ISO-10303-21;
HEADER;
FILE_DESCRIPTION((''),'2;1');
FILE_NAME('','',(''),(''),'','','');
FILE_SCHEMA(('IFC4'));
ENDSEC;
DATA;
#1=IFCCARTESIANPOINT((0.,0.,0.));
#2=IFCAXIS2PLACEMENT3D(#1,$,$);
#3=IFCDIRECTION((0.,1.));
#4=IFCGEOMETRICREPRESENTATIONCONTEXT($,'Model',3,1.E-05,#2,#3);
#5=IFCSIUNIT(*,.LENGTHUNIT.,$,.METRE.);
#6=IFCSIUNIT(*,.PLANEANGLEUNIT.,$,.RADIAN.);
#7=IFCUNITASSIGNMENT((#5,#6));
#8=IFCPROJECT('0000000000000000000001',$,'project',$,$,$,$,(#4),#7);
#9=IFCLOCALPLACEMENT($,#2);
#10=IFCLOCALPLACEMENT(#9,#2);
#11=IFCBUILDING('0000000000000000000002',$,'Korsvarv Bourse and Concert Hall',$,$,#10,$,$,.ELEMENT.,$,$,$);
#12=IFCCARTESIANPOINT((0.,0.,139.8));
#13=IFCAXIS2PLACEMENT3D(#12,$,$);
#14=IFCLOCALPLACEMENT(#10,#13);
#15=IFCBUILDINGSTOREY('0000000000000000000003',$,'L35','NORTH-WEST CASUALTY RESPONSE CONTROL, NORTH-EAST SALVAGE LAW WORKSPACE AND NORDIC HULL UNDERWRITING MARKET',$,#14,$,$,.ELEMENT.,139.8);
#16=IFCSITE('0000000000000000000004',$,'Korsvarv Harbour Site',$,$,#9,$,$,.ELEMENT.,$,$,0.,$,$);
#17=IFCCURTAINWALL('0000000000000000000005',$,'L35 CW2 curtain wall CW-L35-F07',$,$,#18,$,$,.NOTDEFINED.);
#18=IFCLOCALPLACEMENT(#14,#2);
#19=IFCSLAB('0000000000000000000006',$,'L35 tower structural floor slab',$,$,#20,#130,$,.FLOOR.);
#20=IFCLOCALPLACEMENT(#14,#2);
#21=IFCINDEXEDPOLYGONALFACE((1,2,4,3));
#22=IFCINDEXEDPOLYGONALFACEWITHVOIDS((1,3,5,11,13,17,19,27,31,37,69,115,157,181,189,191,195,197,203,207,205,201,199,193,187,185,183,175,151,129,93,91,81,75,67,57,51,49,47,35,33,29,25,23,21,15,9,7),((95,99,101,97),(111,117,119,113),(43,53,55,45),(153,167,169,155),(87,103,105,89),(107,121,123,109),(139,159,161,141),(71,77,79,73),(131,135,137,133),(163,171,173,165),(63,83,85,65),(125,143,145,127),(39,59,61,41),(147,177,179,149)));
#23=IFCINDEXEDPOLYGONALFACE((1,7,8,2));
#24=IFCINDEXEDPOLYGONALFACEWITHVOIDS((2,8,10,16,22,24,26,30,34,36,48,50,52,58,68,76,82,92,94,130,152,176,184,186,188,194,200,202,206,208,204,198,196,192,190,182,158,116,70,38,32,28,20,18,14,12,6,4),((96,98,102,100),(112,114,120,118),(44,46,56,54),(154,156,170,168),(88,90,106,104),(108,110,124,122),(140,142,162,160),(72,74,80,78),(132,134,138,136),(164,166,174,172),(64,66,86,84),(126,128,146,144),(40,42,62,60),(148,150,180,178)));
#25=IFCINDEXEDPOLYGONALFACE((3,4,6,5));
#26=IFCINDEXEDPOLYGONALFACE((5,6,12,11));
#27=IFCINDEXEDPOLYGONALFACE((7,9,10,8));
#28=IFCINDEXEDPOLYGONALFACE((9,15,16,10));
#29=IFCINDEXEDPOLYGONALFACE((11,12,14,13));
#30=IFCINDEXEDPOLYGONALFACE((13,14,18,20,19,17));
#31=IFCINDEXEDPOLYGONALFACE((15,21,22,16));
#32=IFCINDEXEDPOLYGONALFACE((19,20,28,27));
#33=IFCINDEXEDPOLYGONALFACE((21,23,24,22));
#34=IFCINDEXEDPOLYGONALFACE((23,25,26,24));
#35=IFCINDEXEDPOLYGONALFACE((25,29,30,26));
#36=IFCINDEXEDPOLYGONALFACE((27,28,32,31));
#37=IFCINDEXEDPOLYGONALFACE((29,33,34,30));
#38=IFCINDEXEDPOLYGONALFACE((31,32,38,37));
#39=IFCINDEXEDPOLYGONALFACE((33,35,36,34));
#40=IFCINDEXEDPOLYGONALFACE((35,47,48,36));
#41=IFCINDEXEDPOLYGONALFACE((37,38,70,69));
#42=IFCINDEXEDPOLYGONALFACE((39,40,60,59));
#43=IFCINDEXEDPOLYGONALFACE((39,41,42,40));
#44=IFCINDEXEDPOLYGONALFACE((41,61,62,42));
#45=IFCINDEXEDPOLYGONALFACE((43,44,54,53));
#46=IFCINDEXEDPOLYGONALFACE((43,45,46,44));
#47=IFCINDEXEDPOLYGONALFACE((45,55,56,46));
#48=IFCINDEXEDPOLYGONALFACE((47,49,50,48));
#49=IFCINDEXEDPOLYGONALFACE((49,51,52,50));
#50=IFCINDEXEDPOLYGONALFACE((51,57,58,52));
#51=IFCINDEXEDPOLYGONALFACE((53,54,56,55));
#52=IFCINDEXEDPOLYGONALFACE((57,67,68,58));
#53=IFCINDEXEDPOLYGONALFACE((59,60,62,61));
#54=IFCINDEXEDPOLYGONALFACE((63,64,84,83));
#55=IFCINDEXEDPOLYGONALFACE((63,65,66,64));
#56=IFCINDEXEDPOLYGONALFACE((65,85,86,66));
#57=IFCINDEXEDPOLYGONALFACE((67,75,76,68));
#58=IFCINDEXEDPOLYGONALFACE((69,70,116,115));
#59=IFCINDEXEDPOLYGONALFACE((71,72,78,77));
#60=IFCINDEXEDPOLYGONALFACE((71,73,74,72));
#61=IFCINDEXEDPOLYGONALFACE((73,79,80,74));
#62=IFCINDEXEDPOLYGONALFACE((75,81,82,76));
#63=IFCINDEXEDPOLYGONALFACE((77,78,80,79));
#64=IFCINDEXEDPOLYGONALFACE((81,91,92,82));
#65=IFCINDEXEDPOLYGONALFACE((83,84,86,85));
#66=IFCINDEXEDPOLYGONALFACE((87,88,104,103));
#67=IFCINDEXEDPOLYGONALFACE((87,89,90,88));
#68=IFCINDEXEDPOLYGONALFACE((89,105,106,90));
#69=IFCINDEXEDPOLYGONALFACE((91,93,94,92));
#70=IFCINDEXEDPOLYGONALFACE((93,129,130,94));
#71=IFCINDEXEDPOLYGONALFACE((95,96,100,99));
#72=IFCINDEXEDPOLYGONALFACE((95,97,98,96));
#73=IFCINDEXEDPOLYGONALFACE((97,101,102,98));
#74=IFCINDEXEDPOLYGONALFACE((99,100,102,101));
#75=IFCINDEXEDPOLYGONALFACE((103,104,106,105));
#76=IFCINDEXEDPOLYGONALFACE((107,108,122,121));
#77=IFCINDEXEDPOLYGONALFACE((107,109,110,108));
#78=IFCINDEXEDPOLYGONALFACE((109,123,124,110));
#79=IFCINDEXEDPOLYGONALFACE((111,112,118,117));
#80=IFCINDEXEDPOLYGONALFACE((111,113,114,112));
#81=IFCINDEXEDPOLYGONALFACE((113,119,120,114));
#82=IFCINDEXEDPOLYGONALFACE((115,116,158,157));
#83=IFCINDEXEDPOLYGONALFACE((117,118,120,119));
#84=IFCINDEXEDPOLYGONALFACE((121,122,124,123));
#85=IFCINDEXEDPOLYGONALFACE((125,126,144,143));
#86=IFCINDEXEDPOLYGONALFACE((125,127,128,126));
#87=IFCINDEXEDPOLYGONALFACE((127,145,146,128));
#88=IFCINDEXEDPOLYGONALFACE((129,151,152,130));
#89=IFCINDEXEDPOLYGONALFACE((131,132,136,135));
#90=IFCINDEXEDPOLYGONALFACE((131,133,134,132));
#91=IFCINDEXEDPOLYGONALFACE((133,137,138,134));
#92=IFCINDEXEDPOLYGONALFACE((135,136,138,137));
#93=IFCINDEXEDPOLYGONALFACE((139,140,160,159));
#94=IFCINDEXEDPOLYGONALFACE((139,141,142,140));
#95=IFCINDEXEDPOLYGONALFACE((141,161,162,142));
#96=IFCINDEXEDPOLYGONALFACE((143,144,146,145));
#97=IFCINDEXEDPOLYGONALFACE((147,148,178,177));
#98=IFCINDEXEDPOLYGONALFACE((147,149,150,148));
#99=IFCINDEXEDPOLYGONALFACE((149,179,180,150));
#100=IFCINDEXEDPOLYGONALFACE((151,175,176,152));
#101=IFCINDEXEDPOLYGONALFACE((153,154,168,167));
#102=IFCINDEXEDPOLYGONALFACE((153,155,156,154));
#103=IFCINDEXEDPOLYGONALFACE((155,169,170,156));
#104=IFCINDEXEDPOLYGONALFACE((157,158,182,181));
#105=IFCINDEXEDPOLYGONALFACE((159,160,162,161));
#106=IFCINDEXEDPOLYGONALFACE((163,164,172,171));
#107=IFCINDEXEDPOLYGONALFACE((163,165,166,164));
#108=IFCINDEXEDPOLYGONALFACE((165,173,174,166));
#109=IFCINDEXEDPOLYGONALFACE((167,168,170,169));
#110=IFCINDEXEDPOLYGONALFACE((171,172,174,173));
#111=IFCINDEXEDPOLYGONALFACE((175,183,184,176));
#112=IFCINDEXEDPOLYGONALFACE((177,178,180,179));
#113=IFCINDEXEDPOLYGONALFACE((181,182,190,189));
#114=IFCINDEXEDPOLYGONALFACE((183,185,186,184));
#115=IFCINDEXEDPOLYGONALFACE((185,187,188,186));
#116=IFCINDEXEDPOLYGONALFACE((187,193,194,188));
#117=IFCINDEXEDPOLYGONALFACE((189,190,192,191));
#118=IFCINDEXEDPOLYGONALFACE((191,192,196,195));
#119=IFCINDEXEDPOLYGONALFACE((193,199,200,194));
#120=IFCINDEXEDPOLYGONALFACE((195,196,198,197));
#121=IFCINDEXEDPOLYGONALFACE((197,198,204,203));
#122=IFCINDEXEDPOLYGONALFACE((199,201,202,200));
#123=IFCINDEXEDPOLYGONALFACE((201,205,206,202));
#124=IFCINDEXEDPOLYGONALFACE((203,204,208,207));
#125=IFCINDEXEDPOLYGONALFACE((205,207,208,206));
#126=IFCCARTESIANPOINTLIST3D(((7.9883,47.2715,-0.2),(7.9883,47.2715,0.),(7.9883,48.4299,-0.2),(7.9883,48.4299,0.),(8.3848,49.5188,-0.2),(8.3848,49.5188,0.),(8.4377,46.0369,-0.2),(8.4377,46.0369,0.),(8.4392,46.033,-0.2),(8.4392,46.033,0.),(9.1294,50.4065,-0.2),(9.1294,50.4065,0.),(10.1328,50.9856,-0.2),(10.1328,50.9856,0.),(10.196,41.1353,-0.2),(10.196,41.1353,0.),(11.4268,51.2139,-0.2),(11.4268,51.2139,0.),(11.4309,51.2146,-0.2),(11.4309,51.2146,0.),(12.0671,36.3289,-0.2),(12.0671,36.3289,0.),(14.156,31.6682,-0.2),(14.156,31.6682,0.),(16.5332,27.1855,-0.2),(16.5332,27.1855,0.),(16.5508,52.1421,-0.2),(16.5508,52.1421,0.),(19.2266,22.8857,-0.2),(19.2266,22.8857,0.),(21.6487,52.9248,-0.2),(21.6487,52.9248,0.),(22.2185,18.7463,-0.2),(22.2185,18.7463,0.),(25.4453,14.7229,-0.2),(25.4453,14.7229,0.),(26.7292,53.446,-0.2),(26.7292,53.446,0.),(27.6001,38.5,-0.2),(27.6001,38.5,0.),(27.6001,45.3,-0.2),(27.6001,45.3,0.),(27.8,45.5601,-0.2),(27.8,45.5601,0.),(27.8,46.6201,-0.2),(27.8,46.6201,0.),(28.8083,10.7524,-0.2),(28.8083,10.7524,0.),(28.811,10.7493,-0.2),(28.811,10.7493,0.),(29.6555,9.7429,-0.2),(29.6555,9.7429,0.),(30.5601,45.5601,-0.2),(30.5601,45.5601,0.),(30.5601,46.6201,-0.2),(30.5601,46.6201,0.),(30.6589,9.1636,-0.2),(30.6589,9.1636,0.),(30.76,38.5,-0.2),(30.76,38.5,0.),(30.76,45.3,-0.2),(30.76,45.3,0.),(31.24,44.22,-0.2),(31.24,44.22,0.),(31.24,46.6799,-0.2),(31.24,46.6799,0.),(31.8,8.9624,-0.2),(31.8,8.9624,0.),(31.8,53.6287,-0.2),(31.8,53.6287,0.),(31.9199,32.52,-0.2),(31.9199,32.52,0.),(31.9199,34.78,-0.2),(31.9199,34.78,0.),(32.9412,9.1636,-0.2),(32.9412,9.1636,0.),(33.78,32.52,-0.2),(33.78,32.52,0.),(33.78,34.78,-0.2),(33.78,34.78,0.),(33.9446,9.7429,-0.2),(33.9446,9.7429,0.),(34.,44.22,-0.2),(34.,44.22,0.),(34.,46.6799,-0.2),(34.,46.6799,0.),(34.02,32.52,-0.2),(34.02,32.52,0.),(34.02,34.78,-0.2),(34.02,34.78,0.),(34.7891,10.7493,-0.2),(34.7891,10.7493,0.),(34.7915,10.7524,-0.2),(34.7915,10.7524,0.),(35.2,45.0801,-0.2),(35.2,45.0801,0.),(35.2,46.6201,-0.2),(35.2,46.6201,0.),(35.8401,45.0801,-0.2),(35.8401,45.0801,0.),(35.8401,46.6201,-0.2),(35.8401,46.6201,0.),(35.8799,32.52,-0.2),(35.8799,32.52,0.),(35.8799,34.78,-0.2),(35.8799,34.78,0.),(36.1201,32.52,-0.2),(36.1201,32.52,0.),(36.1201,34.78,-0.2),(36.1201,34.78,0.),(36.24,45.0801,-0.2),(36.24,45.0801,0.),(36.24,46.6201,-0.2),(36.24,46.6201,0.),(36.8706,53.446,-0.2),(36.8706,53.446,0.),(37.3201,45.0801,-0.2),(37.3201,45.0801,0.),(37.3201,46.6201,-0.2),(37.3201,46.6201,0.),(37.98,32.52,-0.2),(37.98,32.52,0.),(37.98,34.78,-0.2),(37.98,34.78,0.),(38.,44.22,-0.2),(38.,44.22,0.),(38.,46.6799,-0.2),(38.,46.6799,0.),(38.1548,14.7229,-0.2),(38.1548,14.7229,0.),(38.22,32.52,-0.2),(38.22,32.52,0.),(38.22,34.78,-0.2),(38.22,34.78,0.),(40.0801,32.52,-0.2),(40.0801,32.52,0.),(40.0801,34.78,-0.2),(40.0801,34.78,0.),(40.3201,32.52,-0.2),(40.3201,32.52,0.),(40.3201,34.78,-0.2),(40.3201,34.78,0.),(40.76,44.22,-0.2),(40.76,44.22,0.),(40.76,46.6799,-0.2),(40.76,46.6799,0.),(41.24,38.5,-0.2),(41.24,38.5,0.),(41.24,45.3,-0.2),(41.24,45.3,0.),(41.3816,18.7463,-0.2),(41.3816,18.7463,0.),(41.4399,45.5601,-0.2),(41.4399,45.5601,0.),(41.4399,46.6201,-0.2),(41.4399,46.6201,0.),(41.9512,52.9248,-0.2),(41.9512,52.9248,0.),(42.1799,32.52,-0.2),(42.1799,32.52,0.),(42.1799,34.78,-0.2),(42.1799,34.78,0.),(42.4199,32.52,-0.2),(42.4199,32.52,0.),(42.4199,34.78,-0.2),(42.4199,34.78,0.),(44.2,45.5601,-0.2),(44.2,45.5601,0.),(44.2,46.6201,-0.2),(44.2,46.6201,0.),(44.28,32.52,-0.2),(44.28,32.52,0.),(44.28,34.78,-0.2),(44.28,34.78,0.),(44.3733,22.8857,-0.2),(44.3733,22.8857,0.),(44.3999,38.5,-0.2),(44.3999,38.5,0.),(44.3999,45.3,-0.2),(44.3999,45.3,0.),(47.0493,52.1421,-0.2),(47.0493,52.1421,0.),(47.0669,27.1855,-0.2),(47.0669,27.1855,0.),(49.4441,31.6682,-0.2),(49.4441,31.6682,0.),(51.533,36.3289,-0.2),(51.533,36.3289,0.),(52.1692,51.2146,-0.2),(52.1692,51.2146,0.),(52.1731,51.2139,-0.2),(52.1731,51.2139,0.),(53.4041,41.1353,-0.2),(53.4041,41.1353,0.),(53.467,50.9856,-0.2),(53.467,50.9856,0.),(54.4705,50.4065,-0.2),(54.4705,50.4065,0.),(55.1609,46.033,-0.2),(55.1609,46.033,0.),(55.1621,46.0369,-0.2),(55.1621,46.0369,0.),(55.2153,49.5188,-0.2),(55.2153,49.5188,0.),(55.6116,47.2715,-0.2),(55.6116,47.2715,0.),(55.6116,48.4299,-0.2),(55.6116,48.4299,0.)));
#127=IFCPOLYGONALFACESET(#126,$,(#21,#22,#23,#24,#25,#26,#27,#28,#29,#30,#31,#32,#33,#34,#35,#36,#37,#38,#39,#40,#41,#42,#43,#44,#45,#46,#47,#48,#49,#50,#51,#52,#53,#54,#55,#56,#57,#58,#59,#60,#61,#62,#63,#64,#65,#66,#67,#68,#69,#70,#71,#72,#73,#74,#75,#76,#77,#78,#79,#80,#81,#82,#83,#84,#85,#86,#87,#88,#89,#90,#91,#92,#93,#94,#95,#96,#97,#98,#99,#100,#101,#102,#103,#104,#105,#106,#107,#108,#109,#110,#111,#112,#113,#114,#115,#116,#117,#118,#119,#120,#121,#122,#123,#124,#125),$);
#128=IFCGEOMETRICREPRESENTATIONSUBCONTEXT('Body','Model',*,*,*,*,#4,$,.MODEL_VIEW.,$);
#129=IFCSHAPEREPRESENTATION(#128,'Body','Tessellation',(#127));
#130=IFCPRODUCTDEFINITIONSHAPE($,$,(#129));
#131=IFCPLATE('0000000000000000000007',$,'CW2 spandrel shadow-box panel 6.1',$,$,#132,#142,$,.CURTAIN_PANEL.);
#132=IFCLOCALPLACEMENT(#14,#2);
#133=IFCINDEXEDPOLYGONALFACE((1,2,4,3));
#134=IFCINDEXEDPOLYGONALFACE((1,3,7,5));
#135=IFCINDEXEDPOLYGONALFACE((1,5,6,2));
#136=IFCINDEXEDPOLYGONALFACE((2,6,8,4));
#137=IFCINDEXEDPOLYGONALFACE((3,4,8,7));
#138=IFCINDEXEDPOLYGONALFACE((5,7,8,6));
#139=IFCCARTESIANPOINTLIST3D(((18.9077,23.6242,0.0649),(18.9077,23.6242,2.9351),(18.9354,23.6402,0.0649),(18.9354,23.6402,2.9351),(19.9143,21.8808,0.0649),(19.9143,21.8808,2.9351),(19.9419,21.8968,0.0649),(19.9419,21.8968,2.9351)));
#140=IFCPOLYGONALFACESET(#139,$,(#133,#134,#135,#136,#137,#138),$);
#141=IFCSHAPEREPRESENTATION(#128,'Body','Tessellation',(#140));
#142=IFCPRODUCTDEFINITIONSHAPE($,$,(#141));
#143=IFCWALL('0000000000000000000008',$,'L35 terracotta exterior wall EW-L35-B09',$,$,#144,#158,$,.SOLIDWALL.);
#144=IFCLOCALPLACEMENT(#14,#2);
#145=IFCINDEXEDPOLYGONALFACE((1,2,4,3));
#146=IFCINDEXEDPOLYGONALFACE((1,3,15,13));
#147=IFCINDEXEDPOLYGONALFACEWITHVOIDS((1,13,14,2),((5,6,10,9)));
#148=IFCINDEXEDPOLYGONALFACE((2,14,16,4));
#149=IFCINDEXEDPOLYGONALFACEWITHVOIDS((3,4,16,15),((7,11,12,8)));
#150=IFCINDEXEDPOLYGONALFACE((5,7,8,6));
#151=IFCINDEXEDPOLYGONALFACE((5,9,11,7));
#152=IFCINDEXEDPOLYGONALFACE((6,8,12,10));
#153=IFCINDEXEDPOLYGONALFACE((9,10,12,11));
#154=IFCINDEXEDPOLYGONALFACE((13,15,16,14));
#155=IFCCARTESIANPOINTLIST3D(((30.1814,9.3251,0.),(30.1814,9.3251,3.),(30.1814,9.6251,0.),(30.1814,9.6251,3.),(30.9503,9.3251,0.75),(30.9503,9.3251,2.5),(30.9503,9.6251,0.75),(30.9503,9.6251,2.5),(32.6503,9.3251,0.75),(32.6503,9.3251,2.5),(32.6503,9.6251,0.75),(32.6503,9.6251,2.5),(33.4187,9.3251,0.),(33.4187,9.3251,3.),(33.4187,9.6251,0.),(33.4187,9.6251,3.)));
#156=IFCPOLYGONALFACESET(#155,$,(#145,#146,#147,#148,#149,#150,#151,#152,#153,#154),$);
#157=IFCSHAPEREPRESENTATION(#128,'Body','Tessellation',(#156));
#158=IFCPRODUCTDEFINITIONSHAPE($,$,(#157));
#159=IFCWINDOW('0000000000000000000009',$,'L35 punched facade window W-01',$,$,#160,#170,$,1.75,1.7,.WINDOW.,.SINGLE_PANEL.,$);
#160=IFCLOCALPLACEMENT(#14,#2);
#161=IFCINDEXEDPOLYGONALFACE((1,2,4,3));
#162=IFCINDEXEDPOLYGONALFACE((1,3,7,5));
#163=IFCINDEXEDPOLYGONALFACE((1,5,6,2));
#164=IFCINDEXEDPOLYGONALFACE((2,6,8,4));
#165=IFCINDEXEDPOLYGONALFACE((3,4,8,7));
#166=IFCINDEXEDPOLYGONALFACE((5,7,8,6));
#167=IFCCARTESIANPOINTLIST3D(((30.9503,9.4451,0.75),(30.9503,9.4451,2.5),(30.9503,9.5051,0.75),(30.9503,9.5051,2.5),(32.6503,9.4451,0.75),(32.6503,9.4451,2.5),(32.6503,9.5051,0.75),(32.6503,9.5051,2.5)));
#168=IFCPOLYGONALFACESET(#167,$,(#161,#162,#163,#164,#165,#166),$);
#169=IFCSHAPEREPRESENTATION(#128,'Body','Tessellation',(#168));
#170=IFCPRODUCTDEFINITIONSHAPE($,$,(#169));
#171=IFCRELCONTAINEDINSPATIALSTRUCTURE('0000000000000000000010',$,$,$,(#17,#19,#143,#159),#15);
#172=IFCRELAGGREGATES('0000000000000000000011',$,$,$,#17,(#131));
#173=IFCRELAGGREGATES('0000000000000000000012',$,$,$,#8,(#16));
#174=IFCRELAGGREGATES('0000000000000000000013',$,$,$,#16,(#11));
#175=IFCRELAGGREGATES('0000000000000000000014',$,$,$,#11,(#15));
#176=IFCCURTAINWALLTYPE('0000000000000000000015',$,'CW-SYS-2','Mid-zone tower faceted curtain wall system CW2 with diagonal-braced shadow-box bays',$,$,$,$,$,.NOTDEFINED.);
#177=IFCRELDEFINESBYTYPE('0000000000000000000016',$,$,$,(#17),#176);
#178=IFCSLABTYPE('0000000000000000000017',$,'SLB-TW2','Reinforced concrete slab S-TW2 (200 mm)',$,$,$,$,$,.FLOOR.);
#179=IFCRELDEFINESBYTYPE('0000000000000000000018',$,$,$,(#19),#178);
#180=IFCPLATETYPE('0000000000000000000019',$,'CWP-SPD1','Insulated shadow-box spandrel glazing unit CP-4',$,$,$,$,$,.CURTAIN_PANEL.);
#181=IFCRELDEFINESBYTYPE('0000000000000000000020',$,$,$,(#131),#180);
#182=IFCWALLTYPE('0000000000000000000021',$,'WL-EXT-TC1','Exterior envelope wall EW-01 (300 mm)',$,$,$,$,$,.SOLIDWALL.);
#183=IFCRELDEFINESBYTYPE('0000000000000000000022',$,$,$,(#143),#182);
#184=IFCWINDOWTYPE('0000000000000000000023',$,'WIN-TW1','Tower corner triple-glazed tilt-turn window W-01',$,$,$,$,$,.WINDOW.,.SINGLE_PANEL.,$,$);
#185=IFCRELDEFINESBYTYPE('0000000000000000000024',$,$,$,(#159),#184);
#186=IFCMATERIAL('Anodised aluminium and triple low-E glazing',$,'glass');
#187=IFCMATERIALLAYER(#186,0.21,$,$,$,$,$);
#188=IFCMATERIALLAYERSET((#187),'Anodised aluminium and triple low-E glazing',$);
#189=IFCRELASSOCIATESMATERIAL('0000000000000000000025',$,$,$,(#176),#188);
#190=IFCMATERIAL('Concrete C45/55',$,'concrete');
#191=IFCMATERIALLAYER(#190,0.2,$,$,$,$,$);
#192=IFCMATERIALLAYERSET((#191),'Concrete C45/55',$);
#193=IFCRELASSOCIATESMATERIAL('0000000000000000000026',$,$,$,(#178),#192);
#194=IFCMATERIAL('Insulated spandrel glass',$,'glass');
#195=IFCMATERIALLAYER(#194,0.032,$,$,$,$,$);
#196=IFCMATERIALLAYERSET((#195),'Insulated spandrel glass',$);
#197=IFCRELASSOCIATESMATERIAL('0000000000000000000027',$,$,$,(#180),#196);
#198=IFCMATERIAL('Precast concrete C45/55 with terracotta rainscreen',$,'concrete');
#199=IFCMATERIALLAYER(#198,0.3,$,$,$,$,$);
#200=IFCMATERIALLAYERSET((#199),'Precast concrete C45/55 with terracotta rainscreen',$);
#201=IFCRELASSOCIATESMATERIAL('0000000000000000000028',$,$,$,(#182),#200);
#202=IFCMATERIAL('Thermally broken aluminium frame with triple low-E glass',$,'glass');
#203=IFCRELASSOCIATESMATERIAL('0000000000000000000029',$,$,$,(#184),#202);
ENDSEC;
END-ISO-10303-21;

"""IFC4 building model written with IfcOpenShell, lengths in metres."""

from ifc_helpers import new_model, si_unit, direction, frame, frame_2d, origin, origin_2d, place, context, subcontext, project, spatial, polyline, rectangle, outline, extrude, source, transform, mapped, material, layer, layer_set, type_object, element, fill, aggregate, save


model = new_model("IFC4")

# Units and contexts
model_context = context("Model", 3, precision=1e-05, world=origin(), true_north=direction((0.0, 1.0)))
body_context = subcontext(model_context, "Body", "Model", "MODEL_VIEW")
ifc_project = project(units=[si_unit("LENGTHUNIT", "METRE"), si_unit("PLANEANGLEUNIT", "RADIAN")], contexts=[model_context])

# Site, building, storey
site_placement = place(None, origin())
site = spatial("IfcSite", under=ifc_project, at=site_placement, Name="Korsvarv Harbour Site", CompositionType="ELEMENT", RefElevation=0.0)
building_placement = place(site_placement, origin())
building = spatial("IfcBuilding", under=site, at=building_placement, Name="Korsvarv Bourse and Concert Hall", CompositionType="ELEMENT")
storey_placement = place(building_placement, frame((0.0, 0.0, 139.8)))
storey = spatial("IfcBuildingStorey", under=building, at=storey_placement, Name="L35", Description="NORTH-WEST CASUALTY RESPONSE CONTROL, NORTH-EAST SALVAGE LAW WORKSPACE AND NORDIC HULL UNDERWRITING MARKET", CompositionType="ELEMENT", Elevation=139.8)

# Curtain wall
ifc_material_1 = material(Name="Anodised aluminium and triple low-E glazing", Category="glass")
ifc_layer_1 = layer(ifc_material_1, 0.21)
ifc_layer_set_1 = layer_set([ifc_layer_1], Name="Anodised aluminium and triple low-E glazing")
curtain_wall_type = type_object("IfcCurtainWallType", Name="CW-SYS-2", Description="Mid-zone tower faceted curtain wall system CW2 with diagonal-braced shadow-box bays", PredefinedType="NOTDEFINED", material=ifc_layer_set_1)
curtain_wall_placement = place(storey_placement, origin())
curtain_wall = element("IfcCurtainWall", 1, at=curtain_wall_placement, inside=storey, type_object=curtain_wall_type, Name="L35 CW2 curtain wall CW-L35-F07", PredefinedType="NOTDEFINED")

# Slab
ifc_material_2 = material(Name="Concrete C45/55", Category="concrete")
ifc_layer_2 = layer(ifc_material_2, 0.2)
ifc_layer_set_2 = layer_set([ifc_layer_2], Name="Concrete C45/55")
slab_type_1 = type_object("IfcSlabType", Name="SLB-TW2", Description="Reinforced concrete slab S-TW2 (200 mm)", PredefinedType="FLOOR", material=ifc_layer_set_2)
slab_1_placement = place(storey_placement, frame((0.0, 0.0, -0.2)))
element("IfcSlab", 2, at=slab_1_placement, inside=storey, type_object=slab_type_1, Name="L35 tower structural floor slab", PredefinedType="FLOOR", context=body_context, shape_type="SweptSolid", body=[
    extrude(outline(polyline([(55.1609, 46.033), (53.4041, 41.1353), (51.533, 36.3289), (49.4441, 31.6682), (47.0669, 27.1855), (44.3733, 22.8857), (41.3816, 18.7463), (38.1548, 14.7229), (34.7915, 10.7524), (34.7891, 10.7493), (33.9446, 9.7429), (32.9412, 9.1636), (31.8, 8.9624), (30.6589, 9.1636), (29.6555, 9.7429), (28.811, 10.7493), (28.8083, 10.7524), (25.4453, 14.7229), (22.2185, 18.7463), (19.2266, 22.8857), (16.5332, 27.1855), (14.156, 31.6682), (12.0671, 36.3289), (10.196, 41.1353), (8.4392, 46.033), (8.4377, 46.0369), (7.9883, 47.2715), (7.9883, 48.4299), (8.3848, 49.5188), (9.1294, 50.4065), (10.1328, 50.9856), (11.4268, 51.2139), (11.4309, 51.2146), (16.5508, 52.1421), (21.6487, 52.9248), (26.7292, 53.446), (31.8, 53.6287), (36.8706, 53.446), (41.9512, 52.9248), (47.0493, 52.1421), (52.1692, 51.2146), (52.1731, 51.2139), (53.467, 50.9856), (54.4705, 50.4065), (55.2153, 49.5188), (55.6116, 48.4299), (55.6116, 47.2715), (55.1621, 46.0369), (55.1609, 46.033)]), holes=[polyline([(30.76, 38.5), (30.76, 45.3), (27.6001, 45.3), (27.6001, 38.5), (30.76, 38.5)]), polyline([(44.3999, 38.5), (44.3999, 45.3), (41.24, 45.3), (41.24, 38.5), (44.3999, 38.5)]), polyline([(31.24, 44.22), (34.0, 44.22), (34.0, 46.6799), (31.24, 46.6799), (31.24, 44.22)]), polyline([(38.0, 44.22), (40.76, 44.22), (40.76, 46.6799), (38.0, 46.6799), (38.0, 44.22)]), polyline([(31.9199, 32.52), (33.78, 32.52), (33.78, 34.78), (31.9199, 34.78), (31.9199, 32.52)]), polyline([(34.02, 32.52), (35.8799, 32.52), (35.8799, 34.78), (34.02, 34.78), (34.02, 32.52)]), polyline([(36.1201, 32.52), (37.98, 32.52), (37.98, 34.78), (36.1201, 34.78), (36.1201, 32.52)]), polyline([(38.22, 32.52), (40.0801, 32.52), (40.0801, 34.78), (38.22, 34.78), (38.22, 32.52)]), polyline([(40.3201, 32.52), (42.1799, 32.52), (42.1799, 34.78), (40.3201, 34.78), (40.3201, 32.52)]), polyline([(42.4199, 32.52), (44.28, 32.52), (44.28, 34.78), (42.4199, 34.78), (42.4199, 32.52)]), polyline([(27.8, 45.5601), (30.5601, 45.5601), (30.5601, 46.6201), (27.8, 46.6201), (27.8, 45.5601)]), polyline([(41.4399, 45.5601), (44.2, 45.5601), (44.2, 46.6201), (41.4399, 46.6201), (41.4399, 45.5601)]), polyline([(35.2, 45.0801), (35.8401, 45.0801), (35.8401, 46.6201), (35.2, 46.6201), (35.2, 45.0801)]), polyline([(36.24, 45.0801), (37.3201, 45.0801), (37.3201, 46.6201), (36.24, 46.6201), (36.24, 45.0801)])]), origin(), (0.0, 0.0, 1.0), 0.2),
])

# Plate
ifc_material_3 = material(Name="Insulated spandrel glass", Category="glass")
ifc_layer_3 = layer(ifc_material_3, 0.032)
ifc_layer_set_3 = layer_set([ifc_layer_3], Name="Insulated spandrel glass")
plate_type = type_object("IfcPlateType", Name="CWP-SPD1", Description="Insulated shadow-box spandrel glazing unit CP-4", PredefinedType="CURTAIN_PANEL", material=ifc_layer_set_3)
shared_shape_1 = source(origin(), body_context, "Body", "SweptSolid", [
    extrude(rectangle(XDim=2.0132, YDim=0.032, at=origin_2d()), origin(), (0.0, 0.0, 1.0), 2.8701),
])
plate_placement = place(storey_placement, frame((19.4248, 22.7605, 0.0649), z_axis=(0.0, 0.0, 1.0), x_axis=(0.5, -0.866025, 0.0)))
plate = element("IfcPlate", 3, at=plate_placement, type_object=plate_type, Name="CW2 spandrel shadow-box panel 6.1", PredefinedType="CURTAIN_PANEL", context=body_context, shape_type="MappedRepresentation", body=[
    mapped(shared_shape_1, transform((0.0, 0.0, 0.0), scale=1.0)),
])
aggregate(curtain_wall, [plate])

# Wall, opening, window
ifc_material_4 = material(Name="Precast concrete C45/55 with terracotta rainscreen", Category="concrete")
ifc_layer_4 = layer(ifc_material_4, 0.3)
ifc_layer_set_4 = layer_set([ifc_layer_4], Name="Precast concrete C45/55 with terracotta rainscreen")
wall_type_1 = type_object("IfcWallType", Name="WL-EXT-TC1", Description="Exterior envelope wall EW-01 (300 mm)", PredefinedType="SOLIDWALL", material=ifc_layer_set_4)
wall_1_placement = place(storey_placement, frame((30.1814, 9.4751, 0.0), z_axis=(0.0, 0.0, 1.0), x_axis=(1.0, 0.0, 0.0)))
wall_1 = element("IfcWall", 4, at=wall_1_placement, inside=storey, type_object=wall_type_1, Name="L35 terracotta exterior wall EW-L35-B09", PredefinedType="SOLIDWALL", context=body_context, shape_type="SweptSolid", body=[
    extrude(rectangle(XDim=3.2373, YDim=0.3, at=frame_2d((1.6187, 0.0))), origin(), (0.0, 0.0, 1.0), 3.0),
])
opening_1_placement = place(wall_1_placement, frame((0.7688, 0.0, 0.75)))
opening_1 = element("IfcOpeningElement", 5, at=opening_1_placement, cuts=wall_1, PredefinedType="OPENING", context=body_context, shape_type="SweptSolid", body=[
    extrude(rectangle(XDim=1.7, YDim=1.75, at=frame_2d((0.8501, 0.875))), frame((0.0, 0.1602, 0.0), z_axis=(0.0, -1.0, 0.0), x_axis=(1.0, 0.0, 0.0)), (0.0, 0.0, 1.0), 0.3201),
])
ifc_material_5 = material(Name="Thermally broken aluminium frame with triple low-E glass", Category="glass")
window_type = type_object("IfcWindowType", Name="WIN-TW1", Description="Tower corner triple-glazed tilt-turn window W-01", PartitioningType="SINGLE_PANEL", PredefinedType="WINDOW", material=ifc_material_5)
window_1_placement = place(opening_1_placement, origin())
window_1 = element("IfcWindow", 6, at=window_1_placement, inside=storey, type_object=window_type, Name="L35 punched facade window W-01", OverallHeight=1.75, OverallWidth=1.7, PartitioningType="SINGLE_PANEL", PredefinedType="WINDOW", context=body_context, shape_type="SweptSolid", body=[
    extrude(rectangle(XDim=1.7, YDim=1.75, at=frame_2d((0.8501, 0.875))), frame((0.0, 0.03, 0.0), z_axis=(0.0, -1.0, 0.0), x_axis=(1.0, 0.0, 0.0)), (0.0, 0.0, 1.0), 0.0601),
])
fill(opening_1, window_1)

save(model, "model.ifc")
